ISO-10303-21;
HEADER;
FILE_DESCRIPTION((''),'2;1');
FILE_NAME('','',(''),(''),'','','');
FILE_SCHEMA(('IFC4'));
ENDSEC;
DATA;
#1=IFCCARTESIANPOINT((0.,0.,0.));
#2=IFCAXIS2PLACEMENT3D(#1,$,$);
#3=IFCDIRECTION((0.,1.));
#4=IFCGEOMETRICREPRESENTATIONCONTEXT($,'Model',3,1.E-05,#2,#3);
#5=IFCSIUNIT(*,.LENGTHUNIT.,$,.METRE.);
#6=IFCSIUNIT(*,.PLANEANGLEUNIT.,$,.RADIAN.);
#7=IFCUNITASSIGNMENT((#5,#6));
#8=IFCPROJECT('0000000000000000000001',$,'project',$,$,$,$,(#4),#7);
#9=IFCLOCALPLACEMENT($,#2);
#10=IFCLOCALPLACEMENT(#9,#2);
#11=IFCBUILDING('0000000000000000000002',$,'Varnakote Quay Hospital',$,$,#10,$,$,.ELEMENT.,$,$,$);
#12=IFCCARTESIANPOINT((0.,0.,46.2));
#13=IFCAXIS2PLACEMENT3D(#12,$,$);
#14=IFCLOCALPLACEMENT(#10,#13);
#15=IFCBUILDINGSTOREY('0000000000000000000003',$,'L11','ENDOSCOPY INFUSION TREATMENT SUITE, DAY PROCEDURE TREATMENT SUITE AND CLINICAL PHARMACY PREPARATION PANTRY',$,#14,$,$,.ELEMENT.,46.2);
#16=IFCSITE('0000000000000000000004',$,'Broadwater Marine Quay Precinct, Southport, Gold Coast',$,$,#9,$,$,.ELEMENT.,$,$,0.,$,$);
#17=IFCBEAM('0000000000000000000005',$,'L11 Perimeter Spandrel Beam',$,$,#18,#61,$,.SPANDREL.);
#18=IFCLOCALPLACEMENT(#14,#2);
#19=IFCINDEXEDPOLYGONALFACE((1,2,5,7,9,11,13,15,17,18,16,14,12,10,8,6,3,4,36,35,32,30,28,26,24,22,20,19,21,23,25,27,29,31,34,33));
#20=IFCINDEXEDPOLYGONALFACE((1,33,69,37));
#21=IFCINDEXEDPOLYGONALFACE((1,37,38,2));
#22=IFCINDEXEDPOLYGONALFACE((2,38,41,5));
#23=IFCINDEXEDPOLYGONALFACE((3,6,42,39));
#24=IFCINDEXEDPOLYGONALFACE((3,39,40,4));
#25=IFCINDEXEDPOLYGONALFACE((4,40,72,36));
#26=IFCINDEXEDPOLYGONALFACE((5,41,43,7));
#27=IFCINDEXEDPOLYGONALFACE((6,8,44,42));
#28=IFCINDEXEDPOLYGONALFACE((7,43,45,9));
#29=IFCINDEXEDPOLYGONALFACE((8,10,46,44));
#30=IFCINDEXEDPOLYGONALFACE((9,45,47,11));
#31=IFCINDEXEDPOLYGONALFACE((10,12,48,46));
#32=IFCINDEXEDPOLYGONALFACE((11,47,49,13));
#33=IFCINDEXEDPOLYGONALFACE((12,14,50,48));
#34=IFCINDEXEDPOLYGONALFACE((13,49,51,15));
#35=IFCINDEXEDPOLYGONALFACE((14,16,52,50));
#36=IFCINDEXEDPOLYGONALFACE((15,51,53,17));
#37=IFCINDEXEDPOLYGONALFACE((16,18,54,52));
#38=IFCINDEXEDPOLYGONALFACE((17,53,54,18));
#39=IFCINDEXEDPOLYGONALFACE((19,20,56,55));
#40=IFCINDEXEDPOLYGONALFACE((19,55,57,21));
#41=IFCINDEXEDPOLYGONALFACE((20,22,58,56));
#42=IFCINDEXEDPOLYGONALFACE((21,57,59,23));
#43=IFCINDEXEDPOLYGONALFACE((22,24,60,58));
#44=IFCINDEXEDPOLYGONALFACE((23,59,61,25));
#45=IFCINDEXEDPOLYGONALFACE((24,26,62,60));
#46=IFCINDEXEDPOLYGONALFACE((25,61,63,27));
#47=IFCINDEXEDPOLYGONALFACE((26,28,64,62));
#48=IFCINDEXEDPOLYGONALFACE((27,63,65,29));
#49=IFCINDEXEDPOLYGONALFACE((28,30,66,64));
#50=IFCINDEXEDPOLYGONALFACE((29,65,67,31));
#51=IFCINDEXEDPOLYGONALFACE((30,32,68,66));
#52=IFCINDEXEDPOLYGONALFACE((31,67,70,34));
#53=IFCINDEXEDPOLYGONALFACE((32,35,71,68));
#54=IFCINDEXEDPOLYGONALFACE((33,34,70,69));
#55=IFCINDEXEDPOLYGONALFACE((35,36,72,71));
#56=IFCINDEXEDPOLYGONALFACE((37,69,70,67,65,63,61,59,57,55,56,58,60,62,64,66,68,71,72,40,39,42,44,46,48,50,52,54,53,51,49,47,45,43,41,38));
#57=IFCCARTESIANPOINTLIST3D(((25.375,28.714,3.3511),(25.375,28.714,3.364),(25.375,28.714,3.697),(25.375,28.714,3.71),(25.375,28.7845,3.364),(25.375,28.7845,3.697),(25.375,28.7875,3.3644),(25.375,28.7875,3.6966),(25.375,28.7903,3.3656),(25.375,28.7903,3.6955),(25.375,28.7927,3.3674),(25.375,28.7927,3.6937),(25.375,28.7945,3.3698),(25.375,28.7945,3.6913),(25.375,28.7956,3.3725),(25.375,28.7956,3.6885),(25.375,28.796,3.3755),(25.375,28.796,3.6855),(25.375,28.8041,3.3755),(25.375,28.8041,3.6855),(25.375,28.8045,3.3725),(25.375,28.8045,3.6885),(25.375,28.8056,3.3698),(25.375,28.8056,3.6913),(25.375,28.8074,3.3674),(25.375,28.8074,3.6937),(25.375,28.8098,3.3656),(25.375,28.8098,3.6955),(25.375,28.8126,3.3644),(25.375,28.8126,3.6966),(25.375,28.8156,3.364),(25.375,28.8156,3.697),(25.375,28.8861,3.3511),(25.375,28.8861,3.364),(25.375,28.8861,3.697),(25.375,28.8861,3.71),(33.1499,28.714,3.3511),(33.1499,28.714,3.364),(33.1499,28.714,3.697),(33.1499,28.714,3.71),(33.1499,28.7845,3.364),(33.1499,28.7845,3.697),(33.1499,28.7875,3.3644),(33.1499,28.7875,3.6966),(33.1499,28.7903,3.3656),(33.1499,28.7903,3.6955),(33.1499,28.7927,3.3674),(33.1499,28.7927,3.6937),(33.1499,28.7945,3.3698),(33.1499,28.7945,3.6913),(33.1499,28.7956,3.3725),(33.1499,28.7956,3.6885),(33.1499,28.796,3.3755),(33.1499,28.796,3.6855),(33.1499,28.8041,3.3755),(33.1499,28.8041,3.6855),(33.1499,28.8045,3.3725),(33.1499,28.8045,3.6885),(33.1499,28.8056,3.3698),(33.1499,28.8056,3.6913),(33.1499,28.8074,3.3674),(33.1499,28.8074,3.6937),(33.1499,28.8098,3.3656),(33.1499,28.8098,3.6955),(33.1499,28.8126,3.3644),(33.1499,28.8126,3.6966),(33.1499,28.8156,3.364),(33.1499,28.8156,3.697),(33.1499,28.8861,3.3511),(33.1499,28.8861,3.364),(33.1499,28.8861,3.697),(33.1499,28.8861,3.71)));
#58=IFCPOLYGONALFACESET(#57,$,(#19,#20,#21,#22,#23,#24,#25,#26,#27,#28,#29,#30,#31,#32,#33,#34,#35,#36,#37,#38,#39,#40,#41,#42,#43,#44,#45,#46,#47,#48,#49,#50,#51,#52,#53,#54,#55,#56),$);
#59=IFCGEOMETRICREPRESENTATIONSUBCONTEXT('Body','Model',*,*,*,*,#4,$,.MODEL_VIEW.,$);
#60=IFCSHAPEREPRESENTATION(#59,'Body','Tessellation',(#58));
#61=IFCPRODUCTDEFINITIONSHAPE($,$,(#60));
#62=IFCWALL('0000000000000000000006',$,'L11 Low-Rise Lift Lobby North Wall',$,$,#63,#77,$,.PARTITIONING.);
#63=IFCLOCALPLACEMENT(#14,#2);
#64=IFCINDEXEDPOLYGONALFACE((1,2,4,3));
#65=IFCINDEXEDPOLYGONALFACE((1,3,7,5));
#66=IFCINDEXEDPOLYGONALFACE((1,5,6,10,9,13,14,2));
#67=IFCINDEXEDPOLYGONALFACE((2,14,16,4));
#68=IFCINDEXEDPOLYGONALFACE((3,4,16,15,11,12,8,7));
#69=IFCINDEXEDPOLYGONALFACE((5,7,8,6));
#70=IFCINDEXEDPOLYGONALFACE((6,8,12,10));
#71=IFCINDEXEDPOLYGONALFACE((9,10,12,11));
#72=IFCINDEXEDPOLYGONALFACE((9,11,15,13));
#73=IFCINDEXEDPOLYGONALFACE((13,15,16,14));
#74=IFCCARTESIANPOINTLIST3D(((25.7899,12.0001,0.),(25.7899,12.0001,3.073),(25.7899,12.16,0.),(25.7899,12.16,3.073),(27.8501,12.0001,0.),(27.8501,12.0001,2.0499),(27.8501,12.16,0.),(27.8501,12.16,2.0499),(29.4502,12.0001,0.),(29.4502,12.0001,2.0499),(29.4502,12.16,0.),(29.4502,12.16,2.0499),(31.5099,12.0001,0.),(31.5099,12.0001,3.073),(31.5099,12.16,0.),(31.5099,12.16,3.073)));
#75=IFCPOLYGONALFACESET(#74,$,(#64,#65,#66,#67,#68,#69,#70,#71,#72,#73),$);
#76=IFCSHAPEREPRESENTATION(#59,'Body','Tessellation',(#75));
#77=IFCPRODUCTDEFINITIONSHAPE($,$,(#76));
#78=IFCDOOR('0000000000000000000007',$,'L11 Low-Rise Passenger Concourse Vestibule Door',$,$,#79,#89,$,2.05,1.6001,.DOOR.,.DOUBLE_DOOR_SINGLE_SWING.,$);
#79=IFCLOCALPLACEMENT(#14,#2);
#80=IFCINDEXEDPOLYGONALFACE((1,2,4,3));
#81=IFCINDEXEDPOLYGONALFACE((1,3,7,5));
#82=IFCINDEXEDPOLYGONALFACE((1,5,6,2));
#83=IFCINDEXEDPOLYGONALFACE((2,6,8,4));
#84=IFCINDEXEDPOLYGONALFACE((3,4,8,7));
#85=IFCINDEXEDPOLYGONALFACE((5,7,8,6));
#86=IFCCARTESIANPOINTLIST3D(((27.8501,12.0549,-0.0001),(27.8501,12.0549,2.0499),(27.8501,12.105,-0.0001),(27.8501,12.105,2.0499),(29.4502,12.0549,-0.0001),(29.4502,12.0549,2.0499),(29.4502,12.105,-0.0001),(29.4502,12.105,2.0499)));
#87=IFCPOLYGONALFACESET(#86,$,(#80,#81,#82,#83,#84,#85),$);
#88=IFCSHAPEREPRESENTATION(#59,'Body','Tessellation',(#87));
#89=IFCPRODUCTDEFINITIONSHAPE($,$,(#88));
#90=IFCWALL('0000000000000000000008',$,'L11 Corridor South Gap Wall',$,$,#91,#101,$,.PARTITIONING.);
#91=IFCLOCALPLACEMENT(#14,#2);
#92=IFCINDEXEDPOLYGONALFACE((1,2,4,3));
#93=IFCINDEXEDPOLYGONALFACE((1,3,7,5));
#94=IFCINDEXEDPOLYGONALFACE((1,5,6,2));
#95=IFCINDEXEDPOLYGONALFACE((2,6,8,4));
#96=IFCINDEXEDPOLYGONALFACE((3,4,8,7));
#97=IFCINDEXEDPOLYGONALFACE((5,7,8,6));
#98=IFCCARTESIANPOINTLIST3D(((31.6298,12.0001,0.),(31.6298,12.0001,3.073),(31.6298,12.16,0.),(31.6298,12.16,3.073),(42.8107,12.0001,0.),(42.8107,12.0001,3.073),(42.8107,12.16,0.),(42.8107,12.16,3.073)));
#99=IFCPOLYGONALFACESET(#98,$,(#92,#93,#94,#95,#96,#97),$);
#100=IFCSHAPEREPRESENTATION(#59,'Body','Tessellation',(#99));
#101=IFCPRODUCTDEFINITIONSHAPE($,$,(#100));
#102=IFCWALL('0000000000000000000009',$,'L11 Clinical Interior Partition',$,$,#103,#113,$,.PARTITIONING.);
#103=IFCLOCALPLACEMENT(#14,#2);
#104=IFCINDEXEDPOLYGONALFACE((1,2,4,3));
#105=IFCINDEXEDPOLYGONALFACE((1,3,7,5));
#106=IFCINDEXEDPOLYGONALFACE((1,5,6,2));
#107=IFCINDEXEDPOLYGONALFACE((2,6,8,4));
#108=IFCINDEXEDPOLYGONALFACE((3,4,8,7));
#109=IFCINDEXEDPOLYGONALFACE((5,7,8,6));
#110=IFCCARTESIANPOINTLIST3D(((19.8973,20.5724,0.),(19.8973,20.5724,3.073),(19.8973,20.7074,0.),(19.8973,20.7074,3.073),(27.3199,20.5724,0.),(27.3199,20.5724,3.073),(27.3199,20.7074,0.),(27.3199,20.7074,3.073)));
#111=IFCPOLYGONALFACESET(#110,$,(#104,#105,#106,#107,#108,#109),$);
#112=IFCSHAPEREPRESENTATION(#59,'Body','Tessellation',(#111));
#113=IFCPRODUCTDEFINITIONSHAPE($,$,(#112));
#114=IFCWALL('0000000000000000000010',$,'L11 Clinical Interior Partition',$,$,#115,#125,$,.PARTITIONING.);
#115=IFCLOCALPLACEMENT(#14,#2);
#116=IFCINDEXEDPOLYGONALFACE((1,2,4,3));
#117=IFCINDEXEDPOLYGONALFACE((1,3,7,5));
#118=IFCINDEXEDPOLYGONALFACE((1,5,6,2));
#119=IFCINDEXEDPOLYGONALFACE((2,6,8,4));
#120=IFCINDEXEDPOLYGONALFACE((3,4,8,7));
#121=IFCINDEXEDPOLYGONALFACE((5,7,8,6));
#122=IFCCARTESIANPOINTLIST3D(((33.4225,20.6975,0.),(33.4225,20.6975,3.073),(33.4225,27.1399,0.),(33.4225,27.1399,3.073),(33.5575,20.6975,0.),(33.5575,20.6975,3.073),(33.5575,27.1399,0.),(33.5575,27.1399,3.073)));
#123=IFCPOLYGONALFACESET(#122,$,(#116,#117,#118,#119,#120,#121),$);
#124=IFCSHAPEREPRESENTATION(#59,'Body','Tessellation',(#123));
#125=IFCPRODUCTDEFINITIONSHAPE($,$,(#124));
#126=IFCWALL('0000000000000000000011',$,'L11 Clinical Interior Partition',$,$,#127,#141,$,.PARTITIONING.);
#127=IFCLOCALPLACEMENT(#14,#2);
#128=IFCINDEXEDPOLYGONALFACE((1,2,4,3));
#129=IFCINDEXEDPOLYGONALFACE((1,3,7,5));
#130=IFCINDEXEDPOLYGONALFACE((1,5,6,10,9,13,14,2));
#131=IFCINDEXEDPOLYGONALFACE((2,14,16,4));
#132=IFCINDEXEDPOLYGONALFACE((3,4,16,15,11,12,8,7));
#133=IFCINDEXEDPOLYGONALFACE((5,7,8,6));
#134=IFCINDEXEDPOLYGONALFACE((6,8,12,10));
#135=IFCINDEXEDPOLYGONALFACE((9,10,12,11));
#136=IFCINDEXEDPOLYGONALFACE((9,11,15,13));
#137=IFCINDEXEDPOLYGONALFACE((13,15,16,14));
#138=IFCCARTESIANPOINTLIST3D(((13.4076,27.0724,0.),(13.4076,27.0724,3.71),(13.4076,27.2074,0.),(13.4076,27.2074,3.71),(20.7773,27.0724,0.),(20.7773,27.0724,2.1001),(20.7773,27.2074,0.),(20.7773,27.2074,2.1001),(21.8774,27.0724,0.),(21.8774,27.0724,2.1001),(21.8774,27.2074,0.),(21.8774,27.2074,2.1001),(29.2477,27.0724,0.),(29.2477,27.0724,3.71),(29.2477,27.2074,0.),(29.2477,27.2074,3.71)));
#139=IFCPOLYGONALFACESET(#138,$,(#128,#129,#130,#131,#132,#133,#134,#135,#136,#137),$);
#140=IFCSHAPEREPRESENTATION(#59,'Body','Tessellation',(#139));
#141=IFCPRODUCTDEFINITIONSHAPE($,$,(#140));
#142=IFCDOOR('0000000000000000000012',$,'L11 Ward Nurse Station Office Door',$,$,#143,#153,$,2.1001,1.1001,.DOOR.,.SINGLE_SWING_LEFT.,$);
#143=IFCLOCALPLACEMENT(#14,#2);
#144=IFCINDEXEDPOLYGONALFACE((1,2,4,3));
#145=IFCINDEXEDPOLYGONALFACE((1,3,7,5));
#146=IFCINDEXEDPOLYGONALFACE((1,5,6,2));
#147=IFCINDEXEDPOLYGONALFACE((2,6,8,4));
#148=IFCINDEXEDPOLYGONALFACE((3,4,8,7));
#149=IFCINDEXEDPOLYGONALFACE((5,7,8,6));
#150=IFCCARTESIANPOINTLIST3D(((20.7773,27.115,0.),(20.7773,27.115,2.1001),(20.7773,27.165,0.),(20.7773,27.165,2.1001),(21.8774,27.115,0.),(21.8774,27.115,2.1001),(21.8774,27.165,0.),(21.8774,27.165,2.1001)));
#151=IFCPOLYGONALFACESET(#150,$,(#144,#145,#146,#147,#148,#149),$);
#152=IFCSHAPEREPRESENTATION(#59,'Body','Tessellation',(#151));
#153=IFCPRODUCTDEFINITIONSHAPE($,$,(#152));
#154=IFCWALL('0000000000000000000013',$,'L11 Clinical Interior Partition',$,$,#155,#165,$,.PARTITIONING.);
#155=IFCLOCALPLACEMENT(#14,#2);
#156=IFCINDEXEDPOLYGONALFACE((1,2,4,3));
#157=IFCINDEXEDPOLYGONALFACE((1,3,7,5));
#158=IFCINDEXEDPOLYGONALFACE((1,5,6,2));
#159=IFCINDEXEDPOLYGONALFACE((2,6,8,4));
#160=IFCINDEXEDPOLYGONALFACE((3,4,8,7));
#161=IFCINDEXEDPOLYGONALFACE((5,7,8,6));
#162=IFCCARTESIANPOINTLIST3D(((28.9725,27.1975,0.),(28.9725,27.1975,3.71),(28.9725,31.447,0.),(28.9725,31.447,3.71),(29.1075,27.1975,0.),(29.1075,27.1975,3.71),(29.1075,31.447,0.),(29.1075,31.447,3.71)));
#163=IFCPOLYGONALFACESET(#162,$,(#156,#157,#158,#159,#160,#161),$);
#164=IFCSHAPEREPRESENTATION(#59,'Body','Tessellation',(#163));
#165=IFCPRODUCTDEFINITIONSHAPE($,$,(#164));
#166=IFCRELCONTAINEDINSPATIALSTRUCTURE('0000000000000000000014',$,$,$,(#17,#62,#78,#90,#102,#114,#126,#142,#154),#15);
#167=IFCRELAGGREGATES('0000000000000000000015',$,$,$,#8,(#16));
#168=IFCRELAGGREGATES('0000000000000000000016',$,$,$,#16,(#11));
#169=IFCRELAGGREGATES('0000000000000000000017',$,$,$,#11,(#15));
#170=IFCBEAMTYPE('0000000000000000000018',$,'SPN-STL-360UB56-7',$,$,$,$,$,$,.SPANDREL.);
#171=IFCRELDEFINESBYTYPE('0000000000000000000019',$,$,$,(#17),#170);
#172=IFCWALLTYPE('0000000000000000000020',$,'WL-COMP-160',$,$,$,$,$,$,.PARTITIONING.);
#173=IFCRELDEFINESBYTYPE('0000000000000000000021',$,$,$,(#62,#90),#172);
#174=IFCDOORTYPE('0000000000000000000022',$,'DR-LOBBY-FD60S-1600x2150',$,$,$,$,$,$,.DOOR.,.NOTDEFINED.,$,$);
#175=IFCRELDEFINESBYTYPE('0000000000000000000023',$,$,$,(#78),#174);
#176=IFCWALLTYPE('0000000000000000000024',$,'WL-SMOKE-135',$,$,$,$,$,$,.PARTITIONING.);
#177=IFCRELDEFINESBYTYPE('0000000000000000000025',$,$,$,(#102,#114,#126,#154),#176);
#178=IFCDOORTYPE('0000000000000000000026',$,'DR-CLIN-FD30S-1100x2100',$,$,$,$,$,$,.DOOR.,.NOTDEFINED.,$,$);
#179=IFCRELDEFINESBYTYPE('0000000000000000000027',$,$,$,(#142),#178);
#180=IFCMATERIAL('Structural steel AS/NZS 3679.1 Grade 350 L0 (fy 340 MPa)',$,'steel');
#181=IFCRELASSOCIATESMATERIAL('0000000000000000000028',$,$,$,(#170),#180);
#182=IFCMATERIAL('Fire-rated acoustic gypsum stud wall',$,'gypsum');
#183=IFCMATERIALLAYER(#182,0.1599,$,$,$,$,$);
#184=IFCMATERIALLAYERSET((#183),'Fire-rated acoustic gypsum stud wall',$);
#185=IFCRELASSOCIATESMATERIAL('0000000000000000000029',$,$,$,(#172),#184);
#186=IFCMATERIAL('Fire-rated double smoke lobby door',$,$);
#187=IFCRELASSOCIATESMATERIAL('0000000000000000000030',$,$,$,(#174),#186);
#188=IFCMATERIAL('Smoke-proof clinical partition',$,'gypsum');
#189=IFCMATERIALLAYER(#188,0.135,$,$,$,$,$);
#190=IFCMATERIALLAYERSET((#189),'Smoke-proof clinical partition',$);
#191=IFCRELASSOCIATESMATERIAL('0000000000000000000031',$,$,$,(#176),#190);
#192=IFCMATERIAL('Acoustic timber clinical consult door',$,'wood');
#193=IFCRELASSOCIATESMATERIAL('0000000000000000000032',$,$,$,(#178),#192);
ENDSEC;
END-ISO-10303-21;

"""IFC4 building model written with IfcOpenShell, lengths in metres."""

from ifc_helpers import new_model, si_unit, direction, frame, frame_2d, origin, origin_2d, place, context, subcontext, project, spatial, rectangle, i_section, extrude, material, layer, layer_set, material_profile, profile_set, type_object, element, fill, save


model = new_model("IFC4")

# Units and contexts
model_context = context("Model", 3, precision=1e-05, world=origin(), true_north=direction((0.0, 1.0)))
body_context = subcontext(model_context, "Body", "Model", "MODEL_VIEW")
ifc_project = project(units=[si_unit("LENGTHUNIT", "METRE"), si_unit("PLANEANGLEUNIT", "RADIAN")], contexts=[model_context])

# Site, building, storey
site_placement = place(None, origin())
site = spatial("IfcSite", under=ifc_project, at=site_placement, Name="Broadwater Marine Quay Precinct, Southport, Gold Coast", CompositionType="ELEMENT", RefElevation=0.0)
building_placement = place(site_placement, origin())
building = spatial("IfcBuilding", under=site, at=building_placement, Name="Varnakote Quay Hospital", CompositionType="ELEMENT")
storey_placement = place(building_placement, frame((0.0, 0.0, 46.2)))
storey = spatial("IfcBuildingStorey", under=building, at=storey_placement, Name="L11", Description="ENDOSCOPY INFUSION TREATMENT SUITE, DAY PROCEDURE TREATMENT SUITE AND CLINICAL PHARMACY PREPARATION PANTRY", CompositionType="ELEMENT", Elevation=46.2)

# Beam
ifc_material_1 = material(Name="Structural steel AS/NZS 3679.1 Grade 350 L0 (fy 340 MPa)", Category="steel")
ifc_material_profile_1 = material_profile(ifc_material_1, i_section(OverallWidth=0.1721, OverallDepth=0.3589, WebThickness=0.0081, FlangeThickness=0.0129, FilletRadius=0.0115, at=origin_2d()), Name="360UB56.7")
ifc_profile_set_1 = profile_set([ifc_material_profile_1], Name="Structural steel AS/NZS 3679.1 Grade 350 L0 (fy 340 MPa)")
beam_type_1 = type_object("IfcBeamType", Name="SPN-STL-360UB56-7", PredefinedType="SPANDREL", material=ifc_profile_set_1)
beam_1_placement = place(storey_placement, frame((25.375, 28.8, 3.5305), z_axis=(1.0, 0.0, 0.0), x_axis=(0.0, 1.0, 0.0)))
element("IfcBeam", 1, at=beam_1_placement, inside=storey, type_object=beam_type_1, Name="L11 Perimeter Spandrel Beam", PredefinedType="SPANDREL", context=body_context, shape_type="SweptSolid", body=[
    extrude(i_section(OverallWidth=0.1721, OverallDepth=0.3589, WebThickness=0.0081, FlangeThickness=0.0129, FilletRadius=0.0115, at=origin_2d()), origin(), (0.0, 0.0, 1.0), 7.7749),
])

# Wall, opening, door
ifc_material_2 = material(Name="Fire-rated acoustic gypsum stud wall", Category="gypsum")
ifc_layer_1 = layer(ifc_material_2, 0.1599)
ifc_layer_set_1 = layer_set([ifc_layer_1], Name="Fire-rated acoustic gypsum stud wall")
wall_type_1 = type_object("IfcWallType", Name="WL-COMP-160", PredefinedType="PARTITIONING", material=ifc_layer_set_1)
wall_1_placement = place(storey_placement, frame((25.79, 12.0801, 0.0), z_axis=(0.0, 0.0, 1.0), x_axis=(1.0, 0.0, 0.0)))
wall_1 = element("IfcWall", 2, at=wall_1_placement, inside=storey, type_object=wall_type_1, Name="L11 Low-Rise Lift Lobby North Wall", PredefinedType="PARTITIONING", context=body_context, shape_type="SweptSolid", body=[
    extrude(rectangle(XDim=5.72, YDim=0.1599, at=frame_2d((2.8599, 0.0))), origin(), (0.0, 0.0, 1.0), 3.073),
])
opening_1_placement = place(wall_1_placement, frame((2.0601, 0.0, 0.0)))
opening_1 = element("IfcOpeningElement", 3, at=opening_1_placement, cuts=wall_1, PredefinedType="OPENING", context=body_context, shape_type="SweptSolid", body=[
    extrude(rectangle(XDim=1.6001, YDim=2.05, at=frame_2d((0.8, 1.0249))), frame((0.0, 0.0898, 0.0), z_axis=(0.0, -1.0, 0.0), x_axis=(1.0, 0.0, 0.0)), (0.0, 0.0, 1.0), 0.1799),
])
ifc_material_3 = material(Name="Fire-rated double smoke lobby door")
door_type_1 = type_object("IfcDoorType", Name="DR-LOBBY-FD60S-1600x2150", OperationType="NOTDEFINED", PredefinedType="DOOR", material=ifc_material_3)
door_1_placement = place(opening_1_placement, origin())
door_1 = element("IfcDoor", 4, at=door_1_placement, inside=storey, type_object=door_type_1, Name="L11 Low-Rise Passenger Concourse Vestibule Door", OperationType="DOUBLE_DOOR_SINGLE_SWING", OverallHeight=2.05, OverallWidth=1.6001, PredefinedType="DOOR", context=body_context, shape_type="SweptSolid", body=[
    extrude(rectangle(XDim=1.6001, YDim=2.05, at=frame_2d((0.8, 1.0249))), frame((0.0, 0.0249, 0.0), z_axis=(0.0, -1.0, 0.0), x_axis=(1.0, 0.0, 0.0)), (0.0, 0.0, 1.0), 0.05),
])
fill(opening_1, door_1)

# Walls
wall_2_placement = place(storey_placement, frame((31.6299, 12.0801, 0.0), z_axis=(0.0, 0.0, 1.0), x_axis=(1.0, 0.0, 0.0)))
element("IfcWall", 5, at=wall_2_placement, inside=storey, type_object=wall_type_1, Name="L11 Corridor South Gap Wall", PredefinedType="PARTITIONING", context=body_context, shape_type="SweptSolid", body=[
    extrude(rectangle(XDim=11.1809, YDim=0.1599, at=frame_2d((5.5903, 0.0))), origin(), (0.0, 0.0, 1.0), 3.073),
])
ifc_material_4 = material(Name="Smoke-proof clinical partition", Category="gypsum")
ifc_layer_2 = layer(ifc_material_4, 0.135)
ifc_layer_set_2 = layer_set([ifc_layer_2], Name="Smoke-proof clinical partition")
wall_type_2 = type_object("IfcWallType", Name="WL-SMOKE-135", PredefinedType="PARTITIONING", material=ifc_layer_set_2)
wall_3_placement = place(storey_placement, frame((27.3201, 20.6399, 0.0), z_axis=(0.0, 0.0, 1.0), x_axis=(-1.0, 0.0, 0.0)))
element("IfcWall", 6, at=wall_3_placement, inside=storey, type_object=wall_type_2, Name="L11 Clinical Interior Partition", PredefinedType="PARTITIONING", context=body_context, shape_type="SweptSolid", body=[
    extrude(rectangle(XDim=7.4226, YDim=0.135, at=frame_2d((3.7114, 0.0))), origin(), (0.0, 0.0, 1.0), 3.073),
])
wall_4_placement = place(storey_placement, frame((33.49, 20.6975, 0.0), z_axis=(0.0, 0.0, 1.0), x_axis=(0.0, 1.0, 0.0)))
element("IfcWall", 7, at=wall_4_placement, inside=storey, type_object=wall_type_2, Name="L11 Clinical Interior Partition", PredefinedType="PARTITIONING", context=body_context, shape_type="SweptSolid", body=[
    extrude(rectangle(XDim=6.4424, YDim=0.135, at=frame_2d((3.2212, 0.0))), origin(), (0.0, 0.0, 1.0), 3.073),
])

# Wall, opening, door
wall_5_placement = place(storey_placement, frame((29.2476, 27.1399, 0.0), z_axis=(0.0, 0.0, 1.0), x_axis=(-1.0, 0.0, 0.0)))
wall_5 = element("IfcWall", 8, at=wall_5_placement, inside=storey, type_object=wall_type_2, Name="L11 Clinical Interior Partition", PredefinedType="PARTITIONING", context=body_context, shape_type="SweptSolid", body=[
    extrude(rectangle(XDim=15.8401, YDim=0.135, at=frame_2d((7.9199, 0.0))), origin(), (0.0, 0.0, 1.0), 3.71),
])
opening_2_placement = place(wall_5_placement, frame((7.3701, 0.0, 0.0)))
opening_2 = element("IfcOpeningElement", 9, at=opening_2_placement, cuts=wall_5, PredefinedType="OPENING", context=body_context, shape_type="SweptSolid", body=[
    extrude(rectangle(XDim=1.1001, YDim=2.1001, at=frame_2d((0.55, 1.05))), frame((0.0, 0.0774, 0.0), z_axis=(0.0, -1.0, 0.0), x_axis=(1.0, 0.0, 0.0)), (0.0, 0.0, 1.0), 0.155),
])
ifc_material_5 = material(Name="Acoustic timber clinical consult door", Category="wood")
door_type_2 = type_object("IfcDoorType", Name="DR-CLIN-FD30S-1100x2100", OperationType="NOTDEFINED", PredefinedType="DOOR", material=ifc_material_5)
door_2_placement = place(opening_2_placement, origin())
door_2 = element("IfcDoor", 10, at=door_2_placement, inside=storey, type_object=door_type_2, Name="L11 Ward Nurse Station Office Door", OperationType="SINGLE_SWING_LEFT", OverallHeight=2.1001, OverallWidth=1.1001, PredefinedType="DOOR", context=body_context, shape_type="SweptSolid", body=[
    extrude(rectangle(XDim=1.1001, YDim=2.1001, at=frame_2d((0.55, 1.05))), frame((0.0, 0.0249, 0.0), z_axis=(0.0, -1.0, 0.0), x_axis=(1.0, 0.0, 0.0)), (0.0, 0.0, 1.0), 0.05),
])
fill(opening_2, door_2)

# Wall
wall_6_placement = place(storey_placement, frame((29.04, 27.1975, 0.0), z_axis=(0.0, 0.0, 1.0), x_axis=(0.0, 1.0, 0.0)))
element("IfcWall", 11, at=wall_6_placement, inside=storey, type_object=wall_type_2, Name="L11 Clinical Interior Partition", PredefinedType="PARTITIONING", context=body_context, shape_type="SweptSolid", body=[
    extrude(rectangle(XDim=4.2495, YDim=0.135, at=frame_2d((2.1248, 0.0))), origin(), (0.0, 0.0, 1.0), 3.71),
])

save(model, "model.ifc")
